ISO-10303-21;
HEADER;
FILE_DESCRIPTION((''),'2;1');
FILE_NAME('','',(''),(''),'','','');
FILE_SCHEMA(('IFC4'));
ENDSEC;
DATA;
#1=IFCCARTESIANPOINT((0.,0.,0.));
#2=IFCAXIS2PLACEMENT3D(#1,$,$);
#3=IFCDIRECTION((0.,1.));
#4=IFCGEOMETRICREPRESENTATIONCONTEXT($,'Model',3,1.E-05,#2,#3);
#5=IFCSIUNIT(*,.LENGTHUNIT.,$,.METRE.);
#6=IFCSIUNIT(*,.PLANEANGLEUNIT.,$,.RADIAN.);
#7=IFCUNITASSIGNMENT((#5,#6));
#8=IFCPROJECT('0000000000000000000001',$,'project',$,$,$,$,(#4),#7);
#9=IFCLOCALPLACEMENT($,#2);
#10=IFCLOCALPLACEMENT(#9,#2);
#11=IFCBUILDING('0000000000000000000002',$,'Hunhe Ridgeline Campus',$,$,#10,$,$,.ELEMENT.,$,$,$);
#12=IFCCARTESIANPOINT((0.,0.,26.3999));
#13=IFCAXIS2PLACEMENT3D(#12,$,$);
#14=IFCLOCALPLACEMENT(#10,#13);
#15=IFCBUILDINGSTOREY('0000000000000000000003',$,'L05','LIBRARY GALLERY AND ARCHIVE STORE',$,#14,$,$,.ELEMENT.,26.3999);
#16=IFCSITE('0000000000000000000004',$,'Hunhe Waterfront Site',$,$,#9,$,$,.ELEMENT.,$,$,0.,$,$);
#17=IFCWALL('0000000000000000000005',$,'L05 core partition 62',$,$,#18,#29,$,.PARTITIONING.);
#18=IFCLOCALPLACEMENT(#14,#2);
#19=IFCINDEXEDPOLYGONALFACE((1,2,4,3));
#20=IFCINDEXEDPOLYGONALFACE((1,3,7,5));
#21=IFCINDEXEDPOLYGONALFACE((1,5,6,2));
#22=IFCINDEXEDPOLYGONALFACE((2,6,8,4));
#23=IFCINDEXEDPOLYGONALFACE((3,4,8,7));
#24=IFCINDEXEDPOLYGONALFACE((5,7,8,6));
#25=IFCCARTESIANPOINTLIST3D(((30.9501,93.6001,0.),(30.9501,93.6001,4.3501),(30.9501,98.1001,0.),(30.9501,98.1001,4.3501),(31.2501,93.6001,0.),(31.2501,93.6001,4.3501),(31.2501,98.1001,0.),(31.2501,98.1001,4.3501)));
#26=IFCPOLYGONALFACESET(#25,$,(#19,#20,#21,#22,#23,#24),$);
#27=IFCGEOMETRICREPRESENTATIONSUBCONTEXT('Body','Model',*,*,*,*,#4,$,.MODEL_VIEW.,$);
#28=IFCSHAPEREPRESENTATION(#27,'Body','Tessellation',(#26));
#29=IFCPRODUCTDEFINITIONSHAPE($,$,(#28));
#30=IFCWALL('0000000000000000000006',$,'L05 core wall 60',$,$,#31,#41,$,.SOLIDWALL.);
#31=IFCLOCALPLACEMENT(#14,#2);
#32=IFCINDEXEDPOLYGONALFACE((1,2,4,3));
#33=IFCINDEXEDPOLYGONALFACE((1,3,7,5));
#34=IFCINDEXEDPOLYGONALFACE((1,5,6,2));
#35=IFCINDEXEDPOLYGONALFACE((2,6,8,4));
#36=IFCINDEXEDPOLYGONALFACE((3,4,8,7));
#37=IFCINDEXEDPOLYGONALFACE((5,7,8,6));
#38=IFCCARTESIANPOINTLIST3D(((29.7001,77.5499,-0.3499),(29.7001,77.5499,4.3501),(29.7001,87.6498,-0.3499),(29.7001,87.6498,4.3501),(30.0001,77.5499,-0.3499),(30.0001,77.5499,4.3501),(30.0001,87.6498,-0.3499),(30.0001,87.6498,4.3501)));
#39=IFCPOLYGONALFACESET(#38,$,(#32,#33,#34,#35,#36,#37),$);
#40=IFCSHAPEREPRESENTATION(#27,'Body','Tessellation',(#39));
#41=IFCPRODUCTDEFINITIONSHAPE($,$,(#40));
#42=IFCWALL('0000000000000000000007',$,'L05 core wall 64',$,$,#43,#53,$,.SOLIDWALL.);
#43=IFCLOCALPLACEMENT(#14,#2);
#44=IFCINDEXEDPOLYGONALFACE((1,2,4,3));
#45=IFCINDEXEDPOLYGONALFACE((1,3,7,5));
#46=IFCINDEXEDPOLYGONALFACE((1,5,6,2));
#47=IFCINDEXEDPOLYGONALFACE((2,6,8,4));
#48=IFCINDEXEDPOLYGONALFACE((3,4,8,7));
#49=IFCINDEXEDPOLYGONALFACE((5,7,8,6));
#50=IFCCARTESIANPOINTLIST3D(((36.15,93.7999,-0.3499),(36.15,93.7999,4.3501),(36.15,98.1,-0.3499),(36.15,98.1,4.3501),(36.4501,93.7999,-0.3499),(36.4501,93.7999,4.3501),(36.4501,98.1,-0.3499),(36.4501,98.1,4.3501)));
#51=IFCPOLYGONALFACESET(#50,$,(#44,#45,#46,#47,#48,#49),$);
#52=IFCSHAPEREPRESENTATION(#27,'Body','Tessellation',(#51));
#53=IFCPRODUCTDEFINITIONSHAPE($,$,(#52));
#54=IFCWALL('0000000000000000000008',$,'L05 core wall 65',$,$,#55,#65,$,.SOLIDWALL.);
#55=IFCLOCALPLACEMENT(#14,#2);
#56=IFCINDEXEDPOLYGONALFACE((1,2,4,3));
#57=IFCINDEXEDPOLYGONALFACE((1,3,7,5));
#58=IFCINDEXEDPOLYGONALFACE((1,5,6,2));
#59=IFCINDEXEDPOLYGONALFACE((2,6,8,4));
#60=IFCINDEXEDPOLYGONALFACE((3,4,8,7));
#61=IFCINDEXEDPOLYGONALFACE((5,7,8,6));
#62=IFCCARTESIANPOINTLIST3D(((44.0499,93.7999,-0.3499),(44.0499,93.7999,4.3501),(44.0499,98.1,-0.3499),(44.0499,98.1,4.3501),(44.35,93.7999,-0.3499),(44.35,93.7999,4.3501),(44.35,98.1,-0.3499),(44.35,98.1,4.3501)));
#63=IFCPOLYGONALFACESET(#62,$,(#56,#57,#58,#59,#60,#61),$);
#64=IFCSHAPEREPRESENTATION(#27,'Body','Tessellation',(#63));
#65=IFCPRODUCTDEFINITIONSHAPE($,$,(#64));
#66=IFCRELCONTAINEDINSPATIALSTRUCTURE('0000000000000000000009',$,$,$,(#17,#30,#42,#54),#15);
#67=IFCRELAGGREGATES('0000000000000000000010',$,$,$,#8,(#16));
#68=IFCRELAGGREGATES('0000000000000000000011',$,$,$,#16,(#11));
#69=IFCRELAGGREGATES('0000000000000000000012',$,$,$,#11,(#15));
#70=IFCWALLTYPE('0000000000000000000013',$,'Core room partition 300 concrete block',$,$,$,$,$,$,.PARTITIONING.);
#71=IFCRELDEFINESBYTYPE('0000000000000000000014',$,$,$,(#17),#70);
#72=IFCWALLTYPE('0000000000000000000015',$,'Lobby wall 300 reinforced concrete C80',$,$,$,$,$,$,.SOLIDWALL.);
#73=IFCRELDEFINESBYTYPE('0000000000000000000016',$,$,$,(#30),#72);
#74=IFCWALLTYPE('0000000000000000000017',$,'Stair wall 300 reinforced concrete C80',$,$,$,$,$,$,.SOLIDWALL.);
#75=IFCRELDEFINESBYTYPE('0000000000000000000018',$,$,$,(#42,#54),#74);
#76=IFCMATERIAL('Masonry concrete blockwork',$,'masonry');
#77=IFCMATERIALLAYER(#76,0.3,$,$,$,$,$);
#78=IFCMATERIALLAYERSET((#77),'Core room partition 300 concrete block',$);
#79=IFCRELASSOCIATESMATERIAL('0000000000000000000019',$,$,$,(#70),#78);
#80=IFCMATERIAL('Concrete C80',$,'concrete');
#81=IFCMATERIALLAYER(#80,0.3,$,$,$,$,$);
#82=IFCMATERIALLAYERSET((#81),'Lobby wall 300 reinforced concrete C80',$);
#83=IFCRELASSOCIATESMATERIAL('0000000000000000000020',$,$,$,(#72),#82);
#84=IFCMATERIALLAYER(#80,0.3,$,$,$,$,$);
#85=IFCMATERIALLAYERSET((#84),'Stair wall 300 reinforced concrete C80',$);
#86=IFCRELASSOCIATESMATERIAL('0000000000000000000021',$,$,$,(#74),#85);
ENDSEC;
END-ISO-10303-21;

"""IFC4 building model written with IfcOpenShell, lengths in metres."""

from ifc_helpers import new_model, si_unit, direction, frame, frame_2d, origin, place, context, subcontext, project, spatial, rectangle, extrude, material, layer, layer_set, type_object, element, save


model = new_model("IFC4")

# Units and contexts
model_context = context("Model", 3, precision=1e-05, world=origin(), true_north=direction((0.0, 1.0)))
body_context = subcontext(model_context, "Body", "Model", "MODEL_VIEW")
ifc_project = project(units=[si_unit("LENGTHUNIT", "METRE"), si_unit("PLANEANGLEUNIT", "RADIAN")], contexts=[model_context])

# Site, building, storey
site_placement = place(None, origin())
site = spatial("IfcSite", under=ifc_project, at=site_placement, Name="Hunhe Waterfront Site", CompositionType="ELEMENT", RefElevation=0.0)
building_placement = place(site_placement, origin())
building = spatial("IfcBuilding", under=site, at=building_placement, Name="Hunhe Ridgeline Campus", CompositionType="ELEMENT")
storey_placement = place(building_placement, frame((0.0, 0.0, 26.3999)))
storey = spatial("IfcBuildingStorey", under=building, at=storey_placement, Name="L05", Description="LIBRARY GALLERY AND ARCHIVE STORE", CompositionType="ELEMENT", Elevation=26.3999)

# Shared definitions
ifc_material_1 = material(Name="Concrete C80", Category="concrete")

# Shared definitions
ifc_material_2 = material(Name="Masonry concrete blockwork", Category="masonry")
ifc_layer_1 = layer(ifc_material_2, 0.3)
ifc_layer_set_1 = layer_set([ifc_layer_1], Name="Core room partition 300 concrete block")
wall_type_1 = type_object("IfcWallType", Name="Core room partition 300 concrete block", PredefinedType="PARTITIONING", material=ifc_layer_set_1)

# Walls
wall_1_placement = place(storey_placement, frame((31.1001, 93.6001, 0.0), z_axis=(0.0, 0.0, 1.0), x_axis=(0.0, 1.0, 0.0)))
element("IfcWall", 1, at=wall_1_placement, inside=storey, type_object=wall_type_1, Name="L05 core partition 62", PredefinedType="PARTITIONING", context=body_context, shape_type="SweptSolid", body=[
    extrude(rectangle(XDim=4.5, YDim=0.3, at=frame_2d((2.25, 0.0))), origin(), (0.0, 0.0, 1.0), 4.3501),
])
ifc_layer_2 = layer(ifc_material_1, 0.3)
ifc_layer_set_2 = layer_set([ifc_layer_2], Name="Lobby wall 300 reinforced concrete C80")
wall_type_2 = type_object("IfcWallType", Name="Lobby wall 300 reinforced concrete C80", PredefinedType="SOLIDWALL", material=ifc_layer_set_2)
wall_2_placement = place(storey_placement, frame((29.8501, 77.55, -0.3499), z_axis=(0.0, 0.0, 1.0), x_axis=(0.0, 1.0, 0.0)))
element("IfcWall", 2, at=wall_2_placement, inside=storey, type_object=wall_type_2, Name="L05 core wall 60", PredefinedType="SOLIDWALL", context=body_context, shape_type="SweptSolid", body=[
    extrude(rectangle(XDim=10.0999, YDim=0.3, at=frame_2d((5.0498, 0.0))), origin(), (0.0, 0.0, 1.0), 4.7),
])

# Shared definitions
ifc_layer_3 = layer(ifc_material_1, 0.3)
ifc_layer_set_3 = layer_set([ifc_layer_3], Name="Stair wall 300 reinforced concrete C80")
wall_type_3 = type_object("IfcWallType", Name="Stair wall 300 reinforced concrete C80", PredefinedType="SOLIDWALL", material=ifc_layer_set_3)

# Walls
for number, where, z_axis, x_axis, name in (
    (3, (36.3, 93.8, -0.3499), (0.0, 0.0, 1.0), (0.0, 1.0, 0.0), "L05 core wall 64"),
    (4, (44.2, 93.8, -0.3499), (0.0, 0.0, 1.0), (0.0, 1.0, 0.0), "L05 core wall 65"),
):
    element("IfcWall", number, at=place(storey_placement, frame(where, z_axis=z_axis, x_axis=x_axis)), inside=storey, type_object=wall_type_3, Name=name, PredefinedType="SOLIDWALL", context=body_context, shape_type="SweptSolid", body=[
        extrude(rectangle(XDim=4.3, YDim=0.3, at=frame_2d((2.1499, 0.0))), origin(), (0.0, 0.0, 1.0), 4.7),
    ])

save(model, "model.ifc")
